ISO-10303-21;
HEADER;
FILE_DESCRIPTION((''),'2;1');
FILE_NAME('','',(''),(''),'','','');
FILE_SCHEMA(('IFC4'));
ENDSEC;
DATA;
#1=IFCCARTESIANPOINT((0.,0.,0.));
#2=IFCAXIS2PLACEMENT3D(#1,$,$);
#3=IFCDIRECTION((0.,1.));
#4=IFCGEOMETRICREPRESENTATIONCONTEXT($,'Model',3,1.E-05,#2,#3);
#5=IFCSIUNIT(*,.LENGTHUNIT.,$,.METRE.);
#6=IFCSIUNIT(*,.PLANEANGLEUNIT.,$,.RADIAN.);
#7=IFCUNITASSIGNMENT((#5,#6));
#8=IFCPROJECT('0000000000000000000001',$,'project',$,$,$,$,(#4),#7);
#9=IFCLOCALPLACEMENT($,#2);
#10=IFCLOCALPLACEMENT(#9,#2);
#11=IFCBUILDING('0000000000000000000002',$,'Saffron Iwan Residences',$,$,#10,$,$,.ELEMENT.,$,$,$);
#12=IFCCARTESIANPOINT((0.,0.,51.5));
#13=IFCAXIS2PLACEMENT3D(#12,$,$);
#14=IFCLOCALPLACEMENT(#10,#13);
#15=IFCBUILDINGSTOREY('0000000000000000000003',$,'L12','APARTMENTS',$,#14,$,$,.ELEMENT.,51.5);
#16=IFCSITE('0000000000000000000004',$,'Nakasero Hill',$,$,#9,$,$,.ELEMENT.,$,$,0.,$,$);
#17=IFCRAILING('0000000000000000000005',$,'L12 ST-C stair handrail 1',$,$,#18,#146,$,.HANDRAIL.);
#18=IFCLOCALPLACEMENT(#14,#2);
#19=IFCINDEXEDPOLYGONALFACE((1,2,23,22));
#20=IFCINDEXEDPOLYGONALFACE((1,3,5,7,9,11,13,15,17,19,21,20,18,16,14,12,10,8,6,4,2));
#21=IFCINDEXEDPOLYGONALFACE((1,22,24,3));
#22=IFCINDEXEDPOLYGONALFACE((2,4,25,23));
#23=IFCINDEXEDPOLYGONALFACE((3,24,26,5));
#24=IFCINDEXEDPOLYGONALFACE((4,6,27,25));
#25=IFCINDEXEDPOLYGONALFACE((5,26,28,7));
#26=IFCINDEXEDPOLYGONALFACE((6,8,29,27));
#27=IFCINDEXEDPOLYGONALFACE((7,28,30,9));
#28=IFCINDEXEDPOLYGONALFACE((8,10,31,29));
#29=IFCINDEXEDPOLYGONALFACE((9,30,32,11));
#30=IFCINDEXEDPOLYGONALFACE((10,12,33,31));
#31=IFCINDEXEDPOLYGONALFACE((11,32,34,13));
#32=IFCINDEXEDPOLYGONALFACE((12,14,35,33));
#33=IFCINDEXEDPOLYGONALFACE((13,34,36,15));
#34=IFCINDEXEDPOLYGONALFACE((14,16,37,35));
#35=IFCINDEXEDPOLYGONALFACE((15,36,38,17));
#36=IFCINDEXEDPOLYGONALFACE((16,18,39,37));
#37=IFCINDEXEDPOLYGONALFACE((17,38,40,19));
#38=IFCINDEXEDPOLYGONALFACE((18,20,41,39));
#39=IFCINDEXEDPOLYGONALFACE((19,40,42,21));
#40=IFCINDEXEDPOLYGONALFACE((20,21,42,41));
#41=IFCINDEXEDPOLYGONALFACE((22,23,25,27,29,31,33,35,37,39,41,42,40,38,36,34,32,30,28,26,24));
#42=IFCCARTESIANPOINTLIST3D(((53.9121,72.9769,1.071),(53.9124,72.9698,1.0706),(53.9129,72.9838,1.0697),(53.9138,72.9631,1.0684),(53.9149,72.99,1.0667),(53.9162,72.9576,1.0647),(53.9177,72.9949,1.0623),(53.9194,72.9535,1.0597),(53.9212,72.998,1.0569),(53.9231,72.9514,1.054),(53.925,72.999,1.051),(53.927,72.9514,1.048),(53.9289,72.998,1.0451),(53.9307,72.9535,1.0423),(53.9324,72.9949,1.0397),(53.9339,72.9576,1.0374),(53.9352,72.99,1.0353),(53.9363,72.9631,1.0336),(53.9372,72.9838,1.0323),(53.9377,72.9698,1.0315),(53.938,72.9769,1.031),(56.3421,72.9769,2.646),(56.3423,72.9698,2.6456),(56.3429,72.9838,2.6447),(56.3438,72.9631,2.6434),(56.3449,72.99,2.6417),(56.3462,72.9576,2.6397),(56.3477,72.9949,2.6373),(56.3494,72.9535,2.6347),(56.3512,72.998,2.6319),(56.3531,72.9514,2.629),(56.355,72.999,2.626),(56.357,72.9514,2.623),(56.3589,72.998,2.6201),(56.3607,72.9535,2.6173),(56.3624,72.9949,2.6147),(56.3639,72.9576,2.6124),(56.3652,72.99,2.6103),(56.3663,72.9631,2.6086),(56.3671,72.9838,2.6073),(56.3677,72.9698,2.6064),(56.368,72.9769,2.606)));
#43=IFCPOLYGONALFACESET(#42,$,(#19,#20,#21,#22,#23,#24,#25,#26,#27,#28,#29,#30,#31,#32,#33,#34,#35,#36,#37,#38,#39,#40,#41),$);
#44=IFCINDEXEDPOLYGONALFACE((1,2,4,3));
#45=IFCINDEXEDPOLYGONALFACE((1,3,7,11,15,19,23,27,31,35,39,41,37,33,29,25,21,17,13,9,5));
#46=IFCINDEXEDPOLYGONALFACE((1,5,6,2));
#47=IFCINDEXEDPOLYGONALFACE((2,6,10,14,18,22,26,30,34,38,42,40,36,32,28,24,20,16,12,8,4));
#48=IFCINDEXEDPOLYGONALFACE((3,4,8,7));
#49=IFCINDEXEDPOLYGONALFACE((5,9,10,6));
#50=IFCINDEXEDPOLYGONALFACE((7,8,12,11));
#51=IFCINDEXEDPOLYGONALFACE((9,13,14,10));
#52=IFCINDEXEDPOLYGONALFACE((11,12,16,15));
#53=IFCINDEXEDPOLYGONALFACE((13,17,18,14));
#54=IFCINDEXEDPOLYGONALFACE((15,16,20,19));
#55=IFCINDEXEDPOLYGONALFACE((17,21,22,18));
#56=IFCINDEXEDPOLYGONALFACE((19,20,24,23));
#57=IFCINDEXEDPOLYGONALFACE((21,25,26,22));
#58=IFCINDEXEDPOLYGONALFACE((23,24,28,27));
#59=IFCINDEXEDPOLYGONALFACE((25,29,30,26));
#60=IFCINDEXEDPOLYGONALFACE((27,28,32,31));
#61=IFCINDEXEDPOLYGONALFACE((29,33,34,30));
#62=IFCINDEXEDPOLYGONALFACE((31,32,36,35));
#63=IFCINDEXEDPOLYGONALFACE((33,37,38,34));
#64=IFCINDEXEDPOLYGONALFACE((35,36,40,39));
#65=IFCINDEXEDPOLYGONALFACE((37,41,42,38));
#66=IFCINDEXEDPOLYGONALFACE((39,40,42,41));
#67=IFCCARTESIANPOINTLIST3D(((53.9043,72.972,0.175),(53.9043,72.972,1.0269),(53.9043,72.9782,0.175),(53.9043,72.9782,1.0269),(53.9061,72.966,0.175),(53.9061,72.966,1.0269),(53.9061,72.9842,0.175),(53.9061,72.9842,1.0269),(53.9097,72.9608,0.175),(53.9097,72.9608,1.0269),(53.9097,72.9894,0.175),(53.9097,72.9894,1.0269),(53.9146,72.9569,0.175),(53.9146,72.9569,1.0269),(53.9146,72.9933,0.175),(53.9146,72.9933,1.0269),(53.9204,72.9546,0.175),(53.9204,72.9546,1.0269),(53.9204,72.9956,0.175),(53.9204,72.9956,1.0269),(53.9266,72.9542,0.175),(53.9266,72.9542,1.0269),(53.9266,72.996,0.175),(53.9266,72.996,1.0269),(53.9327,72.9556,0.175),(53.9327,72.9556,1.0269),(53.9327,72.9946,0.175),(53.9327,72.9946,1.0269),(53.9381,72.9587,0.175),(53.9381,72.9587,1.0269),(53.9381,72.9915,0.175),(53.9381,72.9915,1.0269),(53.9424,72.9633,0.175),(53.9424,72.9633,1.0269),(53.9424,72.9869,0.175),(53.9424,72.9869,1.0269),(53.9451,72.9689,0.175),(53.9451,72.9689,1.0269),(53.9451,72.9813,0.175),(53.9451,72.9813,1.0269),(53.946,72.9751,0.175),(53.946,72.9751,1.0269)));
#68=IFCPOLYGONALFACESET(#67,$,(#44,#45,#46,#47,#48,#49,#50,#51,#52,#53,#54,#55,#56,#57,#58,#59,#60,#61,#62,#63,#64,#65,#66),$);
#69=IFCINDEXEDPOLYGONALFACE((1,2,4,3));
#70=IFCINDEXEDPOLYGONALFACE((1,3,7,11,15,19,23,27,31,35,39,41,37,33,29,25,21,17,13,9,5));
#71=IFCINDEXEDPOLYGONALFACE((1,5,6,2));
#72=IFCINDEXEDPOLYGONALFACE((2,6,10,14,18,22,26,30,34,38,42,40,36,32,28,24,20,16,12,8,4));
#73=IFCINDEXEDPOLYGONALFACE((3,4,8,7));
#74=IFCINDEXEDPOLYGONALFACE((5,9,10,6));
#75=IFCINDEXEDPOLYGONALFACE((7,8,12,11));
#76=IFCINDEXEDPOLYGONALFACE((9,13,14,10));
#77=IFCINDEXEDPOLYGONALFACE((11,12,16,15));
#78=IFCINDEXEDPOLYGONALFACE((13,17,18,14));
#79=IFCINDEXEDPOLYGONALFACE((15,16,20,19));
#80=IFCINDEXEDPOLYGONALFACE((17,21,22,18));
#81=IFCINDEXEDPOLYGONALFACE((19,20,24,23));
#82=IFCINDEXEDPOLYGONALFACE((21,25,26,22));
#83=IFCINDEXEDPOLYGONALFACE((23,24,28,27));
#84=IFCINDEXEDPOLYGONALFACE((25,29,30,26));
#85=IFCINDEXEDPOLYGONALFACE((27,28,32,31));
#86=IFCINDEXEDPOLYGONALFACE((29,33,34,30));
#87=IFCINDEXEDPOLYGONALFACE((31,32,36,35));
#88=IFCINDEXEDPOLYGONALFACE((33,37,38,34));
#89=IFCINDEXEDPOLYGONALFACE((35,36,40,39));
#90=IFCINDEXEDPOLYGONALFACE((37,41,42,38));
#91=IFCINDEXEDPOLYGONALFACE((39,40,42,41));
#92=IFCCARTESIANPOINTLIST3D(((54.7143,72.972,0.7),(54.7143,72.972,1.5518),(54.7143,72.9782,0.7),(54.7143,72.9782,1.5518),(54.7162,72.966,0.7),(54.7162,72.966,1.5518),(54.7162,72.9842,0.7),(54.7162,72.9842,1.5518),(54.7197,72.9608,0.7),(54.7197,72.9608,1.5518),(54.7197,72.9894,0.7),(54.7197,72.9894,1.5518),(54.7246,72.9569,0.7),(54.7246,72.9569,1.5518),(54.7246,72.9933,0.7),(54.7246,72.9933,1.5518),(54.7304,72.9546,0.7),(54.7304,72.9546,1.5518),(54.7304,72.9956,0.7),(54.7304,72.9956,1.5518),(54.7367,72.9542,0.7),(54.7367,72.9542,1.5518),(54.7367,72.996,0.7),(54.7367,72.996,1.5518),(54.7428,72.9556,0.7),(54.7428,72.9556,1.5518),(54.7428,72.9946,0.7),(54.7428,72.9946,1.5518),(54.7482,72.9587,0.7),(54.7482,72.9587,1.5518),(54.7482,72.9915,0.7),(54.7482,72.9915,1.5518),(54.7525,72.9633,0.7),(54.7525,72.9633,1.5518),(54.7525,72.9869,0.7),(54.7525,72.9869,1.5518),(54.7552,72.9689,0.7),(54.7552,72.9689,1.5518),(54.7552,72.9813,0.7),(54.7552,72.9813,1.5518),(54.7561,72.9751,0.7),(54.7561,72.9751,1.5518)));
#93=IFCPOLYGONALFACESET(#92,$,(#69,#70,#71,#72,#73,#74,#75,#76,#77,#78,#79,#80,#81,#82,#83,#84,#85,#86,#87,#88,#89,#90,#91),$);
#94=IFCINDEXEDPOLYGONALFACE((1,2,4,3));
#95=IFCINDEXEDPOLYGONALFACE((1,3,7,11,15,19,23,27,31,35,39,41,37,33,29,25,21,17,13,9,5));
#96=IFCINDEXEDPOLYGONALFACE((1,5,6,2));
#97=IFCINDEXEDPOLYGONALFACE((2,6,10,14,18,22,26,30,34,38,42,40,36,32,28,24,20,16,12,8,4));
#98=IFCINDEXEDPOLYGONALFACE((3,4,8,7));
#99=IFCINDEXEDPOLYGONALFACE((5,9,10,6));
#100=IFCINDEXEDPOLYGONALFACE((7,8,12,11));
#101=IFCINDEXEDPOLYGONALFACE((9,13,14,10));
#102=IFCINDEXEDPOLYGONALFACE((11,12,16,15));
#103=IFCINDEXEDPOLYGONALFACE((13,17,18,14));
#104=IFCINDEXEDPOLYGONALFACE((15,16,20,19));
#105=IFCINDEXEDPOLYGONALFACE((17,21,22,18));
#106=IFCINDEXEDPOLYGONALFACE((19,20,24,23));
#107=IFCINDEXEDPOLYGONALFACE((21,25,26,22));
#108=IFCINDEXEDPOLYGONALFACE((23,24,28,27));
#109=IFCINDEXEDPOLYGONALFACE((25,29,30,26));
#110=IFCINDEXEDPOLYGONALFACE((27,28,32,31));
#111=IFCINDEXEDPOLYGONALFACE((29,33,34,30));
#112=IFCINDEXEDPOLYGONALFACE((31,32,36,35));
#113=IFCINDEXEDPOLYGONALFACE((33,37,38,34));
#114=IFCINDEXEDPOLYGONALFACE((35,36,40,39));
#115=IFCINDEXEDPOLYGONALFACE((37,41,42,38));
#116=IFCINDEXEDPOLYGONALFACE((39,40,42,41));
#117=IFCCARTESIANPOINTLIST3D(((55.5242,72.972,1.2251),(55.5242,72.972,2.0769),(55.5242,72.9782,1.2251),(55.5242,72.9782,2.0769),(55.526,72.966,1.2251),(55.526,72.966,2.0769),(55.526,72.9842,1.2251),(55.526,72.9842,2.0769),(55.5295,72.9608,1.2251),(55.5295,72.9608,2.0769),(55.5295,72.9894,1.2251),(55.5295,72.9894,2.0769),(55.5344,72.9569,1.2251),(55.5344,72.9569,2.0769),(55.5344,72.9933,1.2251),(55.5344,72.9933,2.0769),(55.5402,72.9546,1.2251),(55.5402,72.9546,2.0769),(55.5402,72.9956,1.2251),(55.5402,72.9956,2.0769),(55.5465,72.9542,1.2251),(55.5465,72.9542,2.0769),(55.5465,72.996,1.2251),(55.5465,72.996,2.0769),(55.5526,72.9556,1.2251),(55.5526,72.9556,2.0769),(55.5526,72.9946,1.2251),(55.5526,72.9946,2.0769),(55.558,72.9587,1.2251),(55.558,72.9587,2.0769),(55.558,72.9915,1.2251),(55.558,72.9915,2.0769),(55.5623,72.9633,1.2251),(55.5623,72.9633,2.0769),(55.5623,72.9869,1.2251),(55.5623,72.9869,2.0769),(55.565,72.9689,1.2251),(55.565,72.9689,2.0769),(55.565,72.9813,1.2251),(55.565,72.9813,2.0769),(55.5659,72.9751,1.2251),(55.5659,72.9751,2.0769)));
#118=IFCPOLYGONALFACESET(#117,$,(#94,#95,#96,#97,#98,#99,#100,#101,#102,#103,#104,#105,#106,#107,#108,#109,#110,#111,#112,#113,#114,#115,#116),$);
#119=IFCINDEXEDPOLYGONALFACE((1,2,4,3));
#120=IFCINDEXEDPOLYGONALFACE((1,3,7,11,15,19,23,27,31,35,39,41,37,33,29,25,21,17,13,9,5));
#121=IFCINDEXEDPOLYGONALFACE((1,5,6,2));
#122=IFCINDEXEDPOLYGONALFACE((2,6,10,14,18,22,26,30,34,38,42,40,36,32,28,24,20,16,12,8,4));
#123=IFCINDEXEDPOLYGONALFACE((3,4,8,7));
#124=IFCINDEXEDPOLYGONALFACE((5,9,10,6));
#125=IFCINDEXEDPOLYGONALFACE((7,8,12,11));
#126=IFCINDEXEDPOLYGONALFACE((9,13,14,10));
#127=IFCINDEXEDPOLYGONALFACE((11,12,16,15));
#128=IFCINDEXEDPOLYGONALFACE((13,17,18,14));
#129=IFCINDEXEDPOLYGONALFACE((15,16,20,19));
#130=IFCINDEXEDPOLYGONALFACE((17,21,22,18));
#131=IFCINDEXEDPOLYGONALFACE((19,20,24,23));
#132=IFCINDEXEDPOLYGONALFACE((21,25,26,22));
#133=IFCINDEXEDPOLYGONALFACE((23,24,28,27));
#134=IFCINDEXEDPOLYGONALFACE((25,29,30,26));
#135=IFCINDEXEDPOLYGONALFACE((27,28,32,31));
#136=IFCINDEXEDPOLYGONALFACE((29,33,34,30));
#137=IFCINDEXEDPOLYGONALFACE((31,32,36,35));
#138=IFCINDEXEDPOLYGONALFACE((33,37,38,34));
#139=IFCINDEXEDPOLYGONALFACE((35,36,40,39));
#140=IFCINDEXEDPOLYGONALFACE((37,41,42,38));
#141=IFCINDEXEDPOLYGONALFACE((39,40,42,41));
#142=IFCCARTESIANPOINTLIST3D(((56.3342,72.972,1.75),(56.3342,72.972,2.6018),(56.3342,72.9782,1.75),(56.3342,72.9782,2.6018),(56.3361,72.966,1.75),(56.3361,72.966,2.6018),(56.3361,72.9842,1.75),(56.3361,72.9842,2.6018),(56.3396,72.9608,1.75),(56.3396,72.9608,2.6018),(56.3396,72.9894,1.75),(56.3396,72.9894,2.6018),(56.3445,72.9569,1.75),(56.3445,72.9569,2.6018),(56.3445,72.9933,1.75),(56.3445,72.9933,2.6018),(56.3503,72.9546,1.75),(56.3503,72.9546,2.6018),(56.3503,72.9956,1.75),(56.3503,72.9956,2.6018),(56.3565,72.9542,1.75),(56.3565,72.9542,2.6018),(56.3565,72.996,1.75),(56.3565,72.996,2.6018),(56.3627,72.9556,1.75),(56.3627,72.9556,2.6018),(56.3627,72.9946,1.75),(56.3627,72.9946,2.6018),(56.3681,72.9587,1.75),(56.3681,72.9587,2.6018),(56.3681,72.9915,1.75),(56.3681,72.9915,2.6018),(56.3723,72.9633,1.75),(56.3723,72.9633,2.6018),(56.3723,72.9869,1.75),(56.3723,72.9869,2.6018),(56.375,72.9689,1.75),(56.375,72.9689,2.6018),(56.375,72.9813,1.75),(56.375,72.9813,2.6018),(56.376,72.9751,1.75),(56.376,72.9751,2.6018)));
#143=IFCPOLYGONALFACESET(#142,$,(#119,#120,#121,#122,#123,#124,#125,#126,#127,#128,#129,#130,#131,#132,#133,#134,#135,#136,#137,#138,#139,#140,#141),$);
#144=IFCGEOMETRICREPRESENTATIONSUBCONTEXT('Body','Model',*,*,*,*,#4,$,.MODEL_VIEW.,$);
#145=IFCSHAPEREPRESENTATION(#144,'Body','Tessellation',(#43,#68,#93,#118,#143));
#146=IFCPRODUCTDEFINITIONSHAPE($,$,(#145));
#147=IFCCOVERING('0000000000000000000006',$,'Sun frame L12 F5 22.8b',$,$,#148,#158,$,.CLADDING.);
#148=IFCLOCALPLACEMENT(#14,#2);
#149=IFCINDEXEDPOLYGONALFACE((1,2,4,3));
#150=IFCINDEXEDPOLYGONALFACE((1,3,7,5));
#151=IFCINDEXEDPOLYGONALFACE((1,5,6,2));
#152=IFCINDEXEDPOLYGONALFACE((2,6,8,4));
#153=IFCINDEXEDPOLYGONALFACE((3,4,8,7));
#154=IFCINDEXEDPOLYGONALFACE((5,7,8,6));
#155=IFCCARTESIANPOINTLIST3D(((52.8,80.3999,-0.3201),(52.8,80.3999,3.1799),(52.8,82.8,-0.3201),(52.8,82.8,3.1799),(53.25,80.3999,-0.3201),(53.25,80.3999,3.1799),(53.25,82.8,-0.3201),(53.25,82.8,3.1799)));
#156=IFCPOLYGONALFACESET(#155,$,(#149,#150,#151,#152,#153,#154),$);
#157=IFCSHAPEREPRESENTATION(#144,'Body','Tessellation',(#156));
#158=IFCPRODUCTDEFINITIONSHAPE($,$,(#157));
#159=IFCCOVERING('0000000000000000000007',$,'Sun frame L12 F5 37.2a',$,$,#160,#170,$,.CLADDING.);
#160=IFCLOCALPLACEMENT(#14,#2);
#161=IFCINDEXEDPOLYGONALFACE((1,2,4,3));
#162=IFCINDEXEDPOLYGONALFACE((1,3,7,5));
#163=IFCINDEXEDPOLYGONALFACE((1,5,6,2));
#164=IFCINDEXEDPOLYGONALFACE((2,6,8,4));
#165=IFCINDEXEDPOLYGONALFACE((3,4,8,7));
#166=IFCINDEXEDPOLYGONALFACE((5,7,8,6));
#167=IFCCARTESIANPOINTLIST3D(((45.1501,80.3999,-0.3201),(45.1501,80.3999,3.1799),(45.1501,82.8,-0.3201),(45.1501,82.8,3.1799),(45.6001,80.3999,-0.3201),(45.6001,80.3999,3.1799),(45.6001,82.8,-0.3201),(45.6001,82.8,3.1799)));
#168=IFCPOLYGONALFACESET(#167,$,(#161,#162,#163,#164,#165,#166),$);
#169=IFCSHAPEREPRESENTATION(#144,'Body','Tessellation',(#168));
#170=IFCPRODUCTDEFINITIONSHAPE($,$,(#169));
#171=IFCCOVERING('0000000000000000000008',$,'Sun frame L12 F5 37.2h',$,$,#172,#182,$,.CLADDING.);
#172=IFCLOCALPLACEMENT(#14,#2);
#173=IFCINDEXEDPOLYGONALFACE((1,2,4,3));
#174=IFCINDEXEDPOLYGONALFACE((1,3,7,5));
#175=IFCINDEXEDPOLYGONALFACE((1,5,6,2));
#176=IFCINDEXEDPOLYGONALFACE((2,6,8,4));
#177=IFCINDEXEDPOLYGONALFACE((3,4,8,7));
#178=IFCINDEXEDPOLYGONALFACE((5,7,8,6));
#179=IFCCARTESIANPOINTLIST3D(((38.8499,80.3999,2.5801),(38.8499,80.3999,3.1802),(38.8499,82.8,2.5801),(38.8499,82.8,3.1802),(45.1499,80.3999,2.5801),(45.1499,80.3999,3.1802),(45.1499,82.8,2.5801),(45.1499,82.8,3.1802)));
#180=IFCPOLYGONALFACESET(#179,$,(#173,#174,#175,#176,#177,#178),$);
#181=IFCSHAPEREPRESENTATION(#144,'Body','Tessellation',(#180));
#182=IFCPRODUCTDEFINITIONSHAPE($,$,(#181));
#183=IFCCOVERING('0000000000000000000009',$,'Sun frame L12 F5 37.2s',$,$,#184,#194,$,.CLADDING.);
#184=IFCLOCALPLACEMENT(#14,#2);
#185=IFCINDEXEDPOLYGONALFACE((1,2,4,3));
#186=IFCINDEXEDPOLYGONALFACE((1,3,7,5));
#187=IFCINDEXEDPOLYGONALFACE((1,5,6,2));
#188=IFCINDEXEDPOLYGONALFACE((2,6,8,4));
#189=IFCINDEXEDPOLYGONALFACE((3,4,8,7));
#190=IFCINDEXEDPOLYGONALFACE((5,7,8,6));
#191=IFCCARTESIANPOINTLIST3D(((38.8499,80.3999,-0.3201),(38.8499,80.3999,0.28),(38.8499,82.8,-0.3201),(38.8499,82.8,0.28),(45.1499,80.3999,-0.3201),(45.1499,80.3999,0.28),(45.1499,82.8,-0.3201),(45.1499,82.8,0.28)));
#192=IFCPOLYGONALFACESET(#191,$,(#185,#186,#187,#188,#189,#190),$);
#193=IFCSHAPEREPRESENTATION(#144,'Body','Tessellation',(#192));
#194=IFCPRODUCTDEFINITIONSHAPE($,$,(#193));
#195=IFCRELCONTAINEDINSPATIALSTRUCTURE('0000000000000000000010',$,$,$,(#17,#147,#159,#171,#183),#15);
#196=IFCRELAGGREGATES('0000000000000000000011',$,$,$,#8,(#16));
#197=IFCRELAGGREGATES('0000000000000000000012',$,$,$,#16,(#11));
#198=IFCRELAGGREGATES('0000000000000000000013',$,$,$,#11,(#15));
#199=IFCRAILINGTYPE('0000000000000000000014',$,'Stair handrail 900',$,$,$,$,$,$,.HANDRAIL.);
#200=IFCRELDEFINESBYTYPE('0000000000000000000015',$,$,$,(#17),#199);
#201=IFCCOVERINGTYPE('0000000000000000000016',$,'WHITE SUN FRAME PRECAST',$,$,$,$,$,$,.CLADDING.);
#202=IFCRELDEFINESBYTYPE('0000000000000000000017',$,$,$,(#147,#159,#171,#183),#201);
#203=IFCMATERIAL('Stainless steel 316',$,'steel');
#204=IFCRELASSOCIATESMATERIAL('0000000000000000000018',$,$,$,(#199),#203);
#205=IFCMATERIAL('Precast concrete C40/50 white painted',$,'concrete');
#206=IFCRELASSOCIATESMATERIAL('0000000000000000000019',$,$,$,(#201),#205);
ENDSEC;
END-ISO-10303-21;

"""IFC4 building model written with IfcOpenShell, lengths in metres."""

from ifc_helpers import new_model, si_unit, direction, frame, origin, origin_2d, place, context, subcontext, project, spatial, polyline, circle, outline, extrude, material, type_object, element, save


model = new_model("IFC4")

# Units and contexts
model_context = context("Model", 3, precision=1e-05, world=origin(), true_north=direction((0.0, 1.0)))
body_context = subcontext(model_context, "Body", "Model", "MODEL_VIEW")
ifc_project = project(units=[si_unit("LENGTHUNIT", "METRE"), si_unit("PLANEANGLEUNIT", "RADIAN")], contexts=[model_context])

# Site, building, storey
site_placement = place(None, origin())
site = spatial("IfcSite", under=ifc_project, at=site_placement, Name="Nakasero Hill", CompositionType="ELEMENT", RefElevation=0.0)
building_placement = place(site_placement, origin())
building = spatial("IfcBuilding", under=site, at=building_placement, Name="Saffron Iwan Residences", CompositionType="ELEMENT")
storey_placement = place(building_placement, frame((0.0, 0.0, 51.5)))
storey = spatial("IfcBuildingStorey", under=building, at=storey_placement, Name="L12", Description="APARTMENTS", CompositionType="ELEMENT", Elevation=51.5)

# Railing
ifc_material_1 = material(Name="Stainless steel 316", Category="steel")
railing_type_1 = type_object("IfcRailingType", Name="Stair handrail 900", PredefinedType="HANDRAIL", material=ifc_material_1)
railing_1_placement = place(storey_placement, frame((53.925, 72.9751, 0.175)))
element("IfcRailing", 1, at=railing_1_placement, inside=storey, type_object=railing_type_1, Name="L12 ST-C stair handrail 1", PredefinedType="HANDRAIL", context=body_context, shape_type="SweptSolid", body=[
    extrude(circle(Radius=0.0239, at=origin_2d()), frame((0.0, 0.0, 0.876), z_axis=(0.839154, 0.0, 0.543894), x_axis=(0.0, 1.0, 0.0)), (0.0, 0.0, 1.0), 2.8958),
    extrude(circle(Radius=0.021, at=origin_2d()), origin(), (0.0, 0.0, 1.0), 0.8518),
    extrude(circle(Radius=0.021, at=origin_2d()), frame((0.8101, 0.0, 0.5249)), (0.0, 0.0, 1.0), 0.8518),
    extrude(circle(Radius=0.021, at=origin_2d()), frame((1.6199, 0.0, 1.05)), (0.0, 0.0, 1.0), 0.8518),
    extrude(circle(Radius=0.021, at=origin_2d()), frame((2.4299, 0.0, 1.575)), (0.0, 0.0, 1.0), 0.8518),
])

# Coverings
ifc_material_2 = material(Name="Precast concrete C40/50 white painted", Category="concrete")
covering_type_1 = type_object("IfcCoveringType", Name="WHITE SUN FRAME PRECAST", PredefinedType="CLADDING", material=ifc_material_2)
for number, where, z_axis, x_axis, name in (
    (2, (53.25, 80.3999, -0.3201), (0.0, 1.0, 0.0), (-1.0, 0.0, 0.0), "Sun frame L12 F5 22.8b"),
    (3, (45.6001, 80.3999, -0.3201), (0.0, 1.0, 0.0), (-1.0, 0.0, 0.0), "Sun frame L12 F5 37.2a"),
):
    element("IfcCovering", number, at=place(storey_placement, frame(where, z_axis=z_axis, x_axis=x_axis)), inside=storey, type_object=covering_type_1, Name=name, PredefinedType="CLADDING", context=body_context, shape_type="SweptSolid", body=[
        extrude(outline(polyline([(0.0, 0.0), (0.45, 0.0), (0.45, 3.5), (0.0, 3.5), (0.0, 0.0)])), origin(), (0.0, 0.0, 1.0), 2.4001),
    ])
for number, where, z_axis, x_axis, name in (
    (4, (45.1499, 80.3999, 2.5801), (0.0, 1.0, 0.0), (-1.0, 0.0, 0.0), "Sun frame L12 F5 37.2h"),
    (5, (45.1499, 80.3999, -0.3201), (0.0, 1.0, 0.0), (-1.0, 0.0, 0.0), "Sun frame L12 F5 37.2s"),
):
    element("IfcCovering", number, at=place(storey_placement, frame(where, z_axis=z_axis, x_axis=x_axis)), inside=storey, type_object=covering_type_1, Name=name, PredefinedType="CLADDING", context=body_context, shape_type="SweptSolid", body=[
        extrude(outline(polyline([(0.0, 0.0), (6.3, 0.0), (6.3, 0.6001), (0.0, 0.6001), (0.0, 0.0)])), origin(), (0.0, 0.0, 1.0), 2.4001),
    ])

save(model, "model.ifc")
